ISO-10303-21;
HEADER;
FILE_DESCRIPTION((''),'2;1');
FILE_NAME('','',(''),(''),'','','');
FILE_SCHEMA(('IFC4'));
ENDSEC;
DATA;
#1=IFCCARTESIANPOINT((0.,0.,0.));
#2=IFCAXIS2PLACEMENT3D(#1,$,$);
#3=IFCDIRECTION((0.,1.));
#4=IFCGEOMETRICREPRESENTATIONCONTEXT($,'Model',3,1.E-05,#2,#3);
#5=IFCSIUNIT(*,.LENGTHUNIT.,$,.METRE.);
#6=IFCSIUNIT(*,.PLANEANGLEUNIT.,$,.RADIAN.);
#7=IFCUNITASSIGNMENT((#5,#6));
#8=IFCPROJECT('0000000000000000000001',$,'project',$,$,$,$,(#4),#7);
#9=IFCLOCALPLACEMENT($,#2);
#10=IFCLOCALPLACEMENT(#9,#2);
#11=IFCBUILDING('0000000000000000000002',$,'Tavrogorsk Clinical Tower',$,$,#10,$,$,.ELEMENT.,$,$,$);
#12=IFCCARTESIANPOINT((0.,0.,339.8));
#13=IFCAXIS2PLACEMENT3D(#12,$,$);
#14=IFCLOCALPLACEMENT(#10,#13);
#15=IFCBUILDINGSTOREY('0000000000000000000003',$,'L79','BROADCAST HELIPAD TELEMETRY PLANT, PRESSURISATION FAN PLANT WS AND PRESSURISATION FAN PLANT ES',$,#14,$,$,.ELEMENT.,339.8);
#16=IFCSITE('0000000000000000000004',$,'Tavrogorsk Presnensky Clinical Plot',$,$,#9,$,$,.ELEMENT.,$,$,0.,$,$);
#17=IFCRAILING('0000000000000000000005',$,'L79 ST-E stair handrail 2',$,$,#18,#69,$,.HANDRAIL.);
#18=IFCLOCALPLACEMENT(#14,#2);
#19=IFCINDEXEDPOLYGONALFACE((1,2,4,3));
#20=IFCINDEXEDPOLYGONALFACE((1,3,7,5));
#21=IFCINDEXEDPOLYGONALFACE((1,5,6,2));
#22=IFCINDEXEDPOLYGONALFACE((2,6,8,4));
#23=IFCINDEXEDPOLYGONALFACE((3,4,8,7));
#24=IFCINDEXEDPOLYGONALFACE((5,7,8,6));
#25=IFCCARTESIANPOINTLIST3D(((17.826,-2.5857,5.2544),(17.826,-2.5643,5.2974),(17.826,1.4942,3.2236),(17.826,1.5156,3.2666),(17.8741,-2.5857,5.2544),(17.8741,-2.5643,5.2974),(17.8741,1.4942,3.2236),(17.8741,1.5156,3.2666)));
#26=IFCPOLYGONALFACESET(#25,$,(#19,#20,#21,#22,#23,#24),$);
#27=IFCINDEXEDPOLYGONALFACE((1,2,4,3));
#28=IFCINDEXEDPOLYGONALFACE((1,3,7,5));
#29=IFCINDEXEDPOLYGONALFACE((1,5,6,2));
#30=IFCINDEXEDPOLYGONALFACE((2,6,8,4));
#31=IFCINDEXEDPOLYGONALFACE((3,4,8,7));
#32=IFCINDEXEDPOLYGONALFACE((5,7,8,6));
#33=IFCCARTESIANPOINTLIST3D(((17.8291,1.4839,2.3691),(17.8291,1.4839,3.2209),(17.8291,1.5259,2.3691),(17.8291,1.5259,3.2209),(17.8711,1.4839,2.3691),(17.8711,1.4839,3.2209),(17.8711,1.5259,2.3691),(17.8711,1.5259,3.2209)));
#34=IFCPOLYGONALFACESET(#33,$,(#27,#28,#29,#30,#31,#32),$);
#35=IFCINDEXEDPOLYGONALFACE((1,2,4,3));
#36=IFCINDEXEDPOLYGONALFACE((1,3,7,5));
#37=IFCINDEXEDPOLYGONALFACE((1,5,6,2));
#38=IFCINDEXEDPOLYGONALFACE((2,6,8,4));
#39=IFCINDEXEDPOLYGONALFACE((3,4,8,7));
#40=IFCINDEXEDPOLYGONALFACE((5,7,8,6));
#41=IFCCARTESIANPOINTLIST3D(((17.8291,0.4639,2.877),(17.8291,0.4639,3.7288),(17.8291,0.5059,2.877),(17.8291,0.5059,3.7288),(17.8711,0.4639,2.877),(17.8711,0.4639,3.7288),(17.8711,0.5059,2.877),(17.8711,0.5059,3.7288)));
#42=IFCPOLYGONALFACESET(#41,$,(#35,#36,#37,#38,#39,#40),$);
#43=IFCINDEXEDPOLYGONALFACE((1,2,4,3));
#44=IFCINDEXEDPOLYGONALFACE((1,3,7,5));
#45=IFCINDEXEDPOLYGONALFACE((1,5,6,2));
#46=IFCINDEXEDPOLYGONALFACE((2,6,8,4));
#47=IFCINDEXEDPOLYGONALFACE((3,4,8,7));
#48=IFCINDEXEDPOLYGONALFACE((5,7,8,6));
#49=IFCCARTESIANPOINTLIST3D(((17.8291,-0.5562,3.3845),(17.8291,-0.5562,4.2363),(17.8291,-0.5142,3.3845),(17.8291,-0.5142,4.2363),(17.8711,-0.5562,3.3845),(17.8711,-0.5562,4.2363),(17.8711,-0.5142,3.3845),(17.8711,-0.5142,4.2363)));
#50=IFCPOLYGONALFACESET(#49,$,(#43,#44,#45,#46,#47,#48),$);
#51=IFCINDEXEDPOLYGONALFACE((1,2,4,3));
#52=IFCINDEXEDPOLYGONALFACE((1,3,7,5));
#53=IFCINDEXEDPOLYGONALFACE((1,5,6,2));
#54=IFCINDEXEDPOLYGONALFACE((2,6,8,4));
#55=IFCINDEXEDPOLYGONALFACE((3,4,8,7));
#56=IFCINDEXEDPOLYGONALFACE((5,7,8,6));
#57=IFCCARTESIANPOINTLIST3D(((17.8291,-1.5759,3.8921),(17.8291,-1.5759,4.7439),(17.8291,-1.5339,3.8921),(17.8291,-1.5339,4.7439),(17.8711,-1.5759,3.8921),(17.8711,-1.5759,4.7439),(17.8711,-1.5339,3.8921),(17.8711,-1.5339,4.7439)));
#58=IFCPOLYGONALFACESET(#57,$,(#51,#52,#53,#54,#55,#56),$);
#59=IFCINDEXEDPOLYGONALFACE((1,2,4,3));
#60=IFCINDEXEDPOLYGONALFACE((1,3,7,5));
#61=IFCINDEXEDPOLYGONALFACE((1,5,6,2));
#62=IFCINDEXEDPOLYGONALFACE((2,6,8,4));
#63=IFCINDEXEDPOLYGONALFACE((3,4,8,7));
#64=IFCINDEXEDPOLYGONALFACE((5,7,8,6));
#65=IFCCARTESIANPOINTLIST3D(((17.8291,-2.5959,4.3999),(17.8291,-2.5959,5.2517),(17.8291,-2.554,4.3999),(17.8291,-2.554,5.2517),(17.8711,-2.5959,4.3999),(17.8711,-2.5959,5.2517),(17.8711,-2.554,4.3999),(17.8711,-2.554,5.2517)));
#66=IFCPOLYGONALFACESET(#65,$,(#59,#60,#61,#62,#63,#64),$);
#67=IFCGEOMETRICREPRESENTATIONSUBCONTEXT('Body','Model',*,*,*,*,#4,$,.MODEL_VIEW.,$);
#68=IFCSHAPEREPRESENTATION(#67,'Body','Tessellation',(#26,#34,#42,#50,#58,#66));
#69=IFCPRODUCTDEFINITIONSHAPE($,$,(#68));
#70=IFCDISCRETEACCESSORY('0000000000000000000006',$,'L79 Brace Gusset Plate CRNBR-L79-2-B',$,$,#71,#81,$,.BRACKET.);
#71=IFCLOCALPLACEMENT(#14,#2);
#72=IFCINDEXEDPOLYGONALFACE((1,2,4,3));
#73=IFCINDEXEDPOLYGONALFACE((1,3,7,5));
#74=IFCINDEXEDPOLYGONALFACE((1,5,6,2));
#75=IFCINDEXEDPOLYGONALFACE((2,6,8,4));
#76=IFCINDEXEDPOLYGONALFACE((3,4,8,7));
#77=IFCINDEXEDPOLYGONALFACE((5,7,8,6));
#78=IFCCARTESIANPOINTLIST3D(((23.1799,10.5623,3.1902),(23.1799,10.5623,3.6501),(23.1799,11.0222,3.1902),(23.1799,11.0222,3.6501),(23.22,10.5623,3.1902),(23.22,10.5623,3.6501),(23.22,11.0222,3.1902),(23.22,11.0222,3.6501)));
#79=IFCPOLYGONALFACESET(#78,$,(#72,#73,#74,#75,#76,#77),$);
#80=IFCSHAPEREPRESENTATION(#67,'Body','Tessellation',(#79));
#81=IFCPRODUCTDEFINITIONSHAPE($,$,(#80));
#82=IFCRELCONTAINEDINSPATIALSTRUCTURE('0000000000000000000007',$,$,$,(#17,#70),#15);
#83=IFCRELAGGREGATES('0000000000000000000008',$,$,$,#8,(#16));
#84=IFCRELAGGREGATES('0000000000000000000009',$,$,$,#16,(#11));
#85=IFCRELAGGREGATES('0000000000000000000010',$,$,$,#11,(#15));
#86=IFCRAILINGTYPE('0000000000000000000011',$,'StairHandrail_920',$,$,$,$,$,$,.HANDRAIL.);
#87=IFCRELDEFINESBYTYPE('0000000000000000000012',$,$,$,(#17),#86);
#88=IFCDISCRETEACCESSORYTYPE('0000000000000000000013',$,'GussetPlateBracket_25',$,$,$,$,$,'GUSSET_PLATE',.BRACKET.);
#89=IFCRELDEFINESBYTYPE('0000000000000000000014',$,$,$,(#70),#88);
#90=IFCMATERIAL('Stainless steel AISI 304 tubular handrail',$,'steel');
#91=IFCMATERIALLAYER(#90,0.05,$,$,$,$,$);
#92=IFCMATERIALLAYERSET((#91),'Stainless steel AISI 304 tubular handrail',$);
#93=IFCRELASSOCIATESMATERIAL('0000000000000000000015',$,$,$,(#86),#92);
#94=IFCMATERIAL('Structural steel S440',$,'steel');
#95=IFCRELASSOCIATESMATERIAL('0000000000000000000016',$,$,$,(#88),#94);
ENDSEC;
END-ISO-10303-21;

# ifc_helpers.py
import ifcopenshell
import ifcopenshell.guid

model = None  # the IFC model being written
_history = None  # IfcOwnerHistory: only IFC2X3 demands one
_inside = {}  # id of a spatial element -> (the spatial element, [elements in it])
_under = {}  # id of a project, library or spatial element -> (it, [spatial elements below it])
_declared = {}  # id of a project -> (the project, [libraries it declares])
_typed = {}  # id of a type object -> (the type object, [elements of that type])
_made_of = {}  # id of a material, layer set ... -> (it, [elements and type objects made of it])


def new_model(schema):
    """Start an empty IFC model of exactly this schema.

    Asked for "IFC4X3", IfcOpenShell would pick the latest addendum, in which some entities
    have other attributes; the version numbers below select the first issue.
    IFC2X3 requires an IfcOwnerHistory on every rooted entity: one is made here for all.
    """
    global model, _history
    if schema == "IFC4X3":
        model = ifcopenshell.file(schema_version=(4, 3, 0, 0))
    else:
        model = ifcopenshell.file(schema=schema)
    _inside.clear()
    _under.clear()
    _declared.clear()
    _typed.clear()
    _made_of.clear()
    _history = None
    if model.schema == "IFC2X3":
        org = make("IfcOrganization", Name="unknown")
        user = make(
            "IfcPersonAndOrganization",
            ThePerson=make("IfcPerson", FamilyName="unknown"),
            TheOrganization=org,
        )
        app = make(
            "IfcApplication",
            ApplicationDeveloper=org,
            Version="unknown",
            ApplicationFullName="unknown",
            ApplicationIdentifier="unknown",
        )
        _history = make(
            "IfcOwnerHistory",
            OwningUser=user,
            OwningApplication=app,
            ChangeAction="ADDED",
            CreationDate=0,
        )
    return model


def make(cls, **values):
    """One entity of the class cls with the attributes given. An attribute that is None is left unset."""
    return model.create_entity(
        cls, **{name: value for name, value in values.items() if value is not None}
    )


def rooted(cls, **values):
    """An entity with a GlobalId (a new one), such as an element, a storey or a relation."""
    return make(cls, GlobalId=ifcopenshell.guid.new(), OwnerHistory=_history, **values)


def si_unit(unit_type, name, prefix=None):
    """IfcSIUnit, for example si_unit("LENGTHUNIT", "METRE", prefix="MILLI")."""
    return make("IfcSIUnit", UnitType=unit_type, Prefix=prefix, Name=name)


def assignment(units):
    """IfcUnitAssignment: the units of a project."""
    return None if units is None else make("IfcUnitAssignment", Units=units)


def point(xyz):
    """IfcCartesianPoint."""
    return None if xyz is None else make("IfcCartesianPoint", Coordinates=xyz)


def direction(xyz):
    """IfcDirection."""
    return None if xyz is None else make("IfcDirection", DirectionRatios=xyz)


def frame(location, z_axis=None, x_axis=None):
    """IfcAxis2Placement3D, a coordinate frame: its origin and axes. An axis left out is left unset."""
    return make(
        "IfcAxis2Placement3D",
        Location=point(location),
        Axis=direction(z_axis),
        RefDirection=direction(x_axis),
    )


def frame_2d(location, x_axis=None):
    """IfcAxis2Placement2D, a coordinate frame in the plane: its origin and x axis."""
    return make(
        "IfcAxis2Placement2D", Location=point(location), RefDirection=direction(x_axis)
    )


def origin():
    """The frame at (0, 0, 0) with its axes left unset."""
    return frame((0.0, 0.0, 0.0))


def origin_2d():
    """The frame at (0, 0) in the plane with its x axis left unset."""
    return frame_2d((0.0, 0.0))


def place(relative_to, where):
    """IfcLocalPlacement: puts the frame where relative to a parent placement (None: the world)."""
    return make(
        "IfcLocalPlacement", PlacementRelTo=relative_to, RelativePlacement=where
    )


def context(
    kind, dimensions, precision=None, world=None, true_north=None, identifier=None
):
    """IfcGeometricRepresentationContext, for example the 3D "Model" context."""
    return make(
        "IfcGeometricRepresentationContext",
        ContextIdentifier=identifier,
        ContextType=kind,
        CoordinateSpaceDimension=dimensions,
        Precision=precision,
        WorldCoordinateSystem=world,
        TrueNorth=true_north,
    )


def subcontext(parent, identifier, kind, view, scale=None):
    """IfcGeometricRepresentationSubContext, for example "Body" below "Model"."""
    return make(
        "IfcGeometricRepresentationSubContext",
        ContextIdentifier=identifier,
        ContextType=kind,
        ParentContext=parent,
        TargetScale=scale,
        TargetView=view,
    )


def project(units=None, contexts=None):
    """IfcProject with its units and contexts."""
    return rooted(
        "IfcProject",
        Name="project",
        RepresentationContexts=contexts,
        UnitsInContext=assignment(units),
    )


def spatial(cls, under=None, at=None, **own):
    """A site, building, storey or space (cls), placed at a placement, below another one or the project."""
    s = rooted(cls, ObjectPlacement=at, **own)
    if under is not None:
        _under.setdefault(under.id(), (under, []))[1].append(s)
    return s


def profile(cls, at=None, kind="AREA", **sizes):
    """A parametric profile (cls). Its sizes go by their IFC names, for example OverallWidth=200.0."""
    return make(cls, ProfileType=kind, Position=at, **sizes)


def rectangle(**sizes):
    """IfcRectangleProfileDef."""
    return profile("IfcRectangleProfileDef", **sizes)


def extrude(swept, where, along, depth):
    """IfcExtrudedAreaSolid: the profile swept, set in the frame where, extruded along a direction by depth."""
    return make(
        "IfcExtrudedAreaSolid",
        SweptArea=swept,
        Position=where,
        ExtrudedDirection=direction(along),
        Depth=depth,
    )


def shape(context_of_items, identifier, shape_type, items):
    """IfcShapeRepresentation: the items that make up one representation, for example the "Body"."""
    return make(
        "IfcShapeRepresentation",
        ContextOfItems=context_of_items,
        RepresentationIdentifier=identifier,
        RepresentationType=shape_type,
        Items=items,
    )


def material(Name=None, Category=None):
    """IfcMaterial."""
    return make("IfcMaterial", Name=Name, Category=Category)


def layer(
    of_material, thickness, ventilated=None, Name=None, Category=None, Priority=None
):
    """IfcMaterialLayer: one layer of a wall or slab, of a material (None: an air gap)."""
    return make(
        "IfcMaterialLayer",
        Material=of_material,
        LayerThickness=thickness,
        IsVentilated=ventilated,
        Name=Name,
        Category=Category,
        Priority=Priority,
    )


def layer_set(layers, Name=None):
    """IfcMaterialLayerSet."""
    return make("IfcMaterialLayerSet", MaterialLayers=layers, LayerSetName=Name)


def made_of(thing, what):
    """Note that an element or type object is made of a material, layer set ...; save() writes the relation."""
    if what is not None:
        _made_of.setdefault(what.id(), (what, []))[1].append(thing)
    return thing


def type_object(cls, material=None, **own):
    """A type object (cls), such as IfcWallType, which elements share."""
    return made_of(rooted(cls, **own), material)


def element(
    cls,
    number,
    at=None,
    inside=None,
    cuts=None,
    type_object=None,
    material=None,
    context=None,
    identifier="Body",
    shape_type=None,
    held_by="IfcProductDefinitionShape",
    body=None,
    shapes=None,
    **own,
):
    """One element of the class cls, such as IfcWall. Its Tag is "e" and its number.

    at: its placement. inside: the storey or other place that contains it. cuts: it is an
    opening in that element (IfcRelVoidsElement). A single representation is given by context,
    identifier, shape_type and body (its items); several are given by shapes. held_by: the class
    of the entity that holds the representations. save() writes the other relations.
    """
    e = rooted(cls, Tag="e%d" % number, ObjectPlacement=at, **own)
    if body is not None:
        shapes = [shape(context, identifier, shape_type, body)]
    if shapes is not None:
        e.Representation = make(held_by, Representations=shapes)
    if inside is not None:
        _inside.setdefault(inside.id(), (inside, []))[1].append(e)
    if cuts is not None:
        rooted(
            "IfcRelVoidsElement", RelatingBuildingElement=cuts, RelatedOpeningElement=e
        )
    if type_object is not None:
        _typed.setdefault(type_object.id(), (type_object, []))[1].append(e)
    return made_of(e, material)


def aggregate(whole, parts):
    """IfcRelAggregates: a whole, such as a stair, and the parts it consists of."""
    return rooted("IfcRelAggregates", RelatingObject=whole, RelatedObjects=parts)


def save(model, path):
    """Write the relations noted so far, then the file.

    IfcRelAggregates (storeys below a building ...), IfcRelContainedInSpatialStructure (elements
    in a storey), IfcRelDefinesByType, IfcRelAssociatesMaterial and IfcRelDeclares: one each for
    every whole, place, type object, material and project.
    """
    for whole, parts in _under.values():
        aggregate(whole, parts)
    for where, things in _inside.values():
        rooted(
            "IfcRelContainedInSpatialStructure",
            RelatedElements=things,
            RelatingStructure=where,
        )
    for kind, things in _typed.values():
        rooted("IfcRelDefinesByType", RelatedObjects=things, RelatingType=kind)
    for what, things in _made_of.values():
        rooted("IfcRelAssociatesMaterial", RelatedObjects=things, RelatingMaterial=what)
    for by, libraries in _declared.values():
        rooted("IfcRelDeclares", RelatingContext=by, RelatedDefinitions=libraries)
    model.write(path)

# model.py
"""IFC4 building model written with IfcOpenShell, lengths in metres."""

from ifc_helpers import new_model, si_unit, direction, frame, origin, origin_2d, place, context, subcontext, project, spatial, rectangle, extrude, material, layer, layer_set, type_object, element, save


model = new_model("IFC4")

# Units and contexts
model_context = context("Model", 3, precision=1e-05, world=origin(), true_north=direction((0.0, 1.0)))
body_context = subcontext(model_context, "Body", "Model", "MODEL_VIEW")
ifc_project = project(units=[si_unit("LENGTHUNIT", "METRE"), si_unit("PLANEANGLEUNIT", "RADIAN")], contexts=[model_context])

# Site, building, storey
site_placement = place(None, origin())
site = spatial("IfcSite", under=ifc_project, at=site_placement, Name="Tavrogorsk Presnensky Clinical Plot", CompositionType="ELEMENT", RefElevation=0.0)
building_placement = place(site_placement, origin())
building = spatial("IfcBuilding", under=site, at=building_placement, Name="Tavrogorsk Clinical Tower", CompositionType="ELEMENT")
storey_placement = place(building_placement, frame((0.0, 0.0, 339.8)))
storey = spatial("IfcBuildingStorey", under=building, at=storey_placement, Name="L79", Description="BROADCAST HELIPAD TELEMETRY PLANT, PRESSURISATION FAN PLANT WS AND PRESSURISATION FAN PLANT ES", CompositionType="ELEMENT", Elevation=339.8)

# Railing
ifc_material_1 = material(Name="Stainless steel AISI 304 tubular handrail", Category="steel")
ifc_layer_1 = layer(ifc_material_1, 0.05)
ifc_layer_set_1 = layer_set([ifc_layer_1], Name="Stainless steel AISI 304 tubular handrail")
railing_type_1 = type_object("IfcRailingType", Name="StairHandrail_920", PredefinedType="HANDRAIL", material=ifc_layer_set_1)
railing_1_placement = place(storey_placement, frame((17.8501, 1.5049, 2.3691)))
element("IfcRailing", 1, at=railing_1_placement, inside=storey, type_object=railing_type_1, Name="L79 ST-E stair handrail 2", PredefinedType="HANDRAIL", context=body_context, shape_type="SweptSolid", body=[
    extrude(rectangle(XDim=0.0481, YDim=0.0481, at=origin_2d()), frame((0.0, 0.0, 0.876), z_axis=(0.0, -0.895229, 0.445606), x_axis=(1.0, 0.0, 0.0)), (0.0, 0.0, 1.0), 4.5574),
    extrude(rectangle(XDim=0.042, YDim=0.042, at=origin_2d()), origin(), (0.0, 0.0, 1.0), 0.8518),
    extrude(rectangle(XDim=0.042, YDim=0.042, at=origin_2d()), frame((0.0, -1.02, 0.5078)), (0.0, 0.0, 1.0), 0.8518),
    extrude(rectangle(XDim=0.042, YDim=0.042, at=origin_2d()), frame((0.0, -2.04, 1.0154)), (0.0, 0.0, 1.0), 0.8518),
    extrude(rectangle(XDim=0.042, YDim=0.042, at=origin_2d()), frame((0.0, -3.0598, 1.5229)), (0.0, 0.0, 1.0), 0.8518),
    extrude(rectangle(XDim=0.042, YDim=0.042, at=origin_2d()), frame((0.0, -4.0798, 2.0308)), (0.0, 0.0, 1.0), 0.8518),
])

# Discrete accessory
ifc_material_2 = material(Name="Structural steel S440", Category="steel")
discrete_accessory_type = type_object("IfcDiscreteAccessoryType", Name="GussetPlateBracket_25", ElementType="GUSSET_PLATE", PredefinedType="BRACKET", material=ifc_material_2)
discrete_accessory_placement = place(storey_placement, frame((23.2, 10.7922, 3.1902), z_axis=(0.0, 0.0, 1.0), x_axis=(0.0, 1.0, 0.0)))
element("IfcDiscreteAccessory", 2, at=discrete_accessory_placement, inside=storey, type_object=discrete_accessory_type, Name="L79 Brace Gusset Plate CRNBR-L79-2-B", PredefinedType="BRACKET", context=body_context, shape_type="SweptSolid", body=[
    extrude(rectangle(XDim=0.46, YDim=0.04, at=origin_2d()), origin(), (0.0, 0.0, 1.0), 0.46),
])

save(model, "model.ifc")
